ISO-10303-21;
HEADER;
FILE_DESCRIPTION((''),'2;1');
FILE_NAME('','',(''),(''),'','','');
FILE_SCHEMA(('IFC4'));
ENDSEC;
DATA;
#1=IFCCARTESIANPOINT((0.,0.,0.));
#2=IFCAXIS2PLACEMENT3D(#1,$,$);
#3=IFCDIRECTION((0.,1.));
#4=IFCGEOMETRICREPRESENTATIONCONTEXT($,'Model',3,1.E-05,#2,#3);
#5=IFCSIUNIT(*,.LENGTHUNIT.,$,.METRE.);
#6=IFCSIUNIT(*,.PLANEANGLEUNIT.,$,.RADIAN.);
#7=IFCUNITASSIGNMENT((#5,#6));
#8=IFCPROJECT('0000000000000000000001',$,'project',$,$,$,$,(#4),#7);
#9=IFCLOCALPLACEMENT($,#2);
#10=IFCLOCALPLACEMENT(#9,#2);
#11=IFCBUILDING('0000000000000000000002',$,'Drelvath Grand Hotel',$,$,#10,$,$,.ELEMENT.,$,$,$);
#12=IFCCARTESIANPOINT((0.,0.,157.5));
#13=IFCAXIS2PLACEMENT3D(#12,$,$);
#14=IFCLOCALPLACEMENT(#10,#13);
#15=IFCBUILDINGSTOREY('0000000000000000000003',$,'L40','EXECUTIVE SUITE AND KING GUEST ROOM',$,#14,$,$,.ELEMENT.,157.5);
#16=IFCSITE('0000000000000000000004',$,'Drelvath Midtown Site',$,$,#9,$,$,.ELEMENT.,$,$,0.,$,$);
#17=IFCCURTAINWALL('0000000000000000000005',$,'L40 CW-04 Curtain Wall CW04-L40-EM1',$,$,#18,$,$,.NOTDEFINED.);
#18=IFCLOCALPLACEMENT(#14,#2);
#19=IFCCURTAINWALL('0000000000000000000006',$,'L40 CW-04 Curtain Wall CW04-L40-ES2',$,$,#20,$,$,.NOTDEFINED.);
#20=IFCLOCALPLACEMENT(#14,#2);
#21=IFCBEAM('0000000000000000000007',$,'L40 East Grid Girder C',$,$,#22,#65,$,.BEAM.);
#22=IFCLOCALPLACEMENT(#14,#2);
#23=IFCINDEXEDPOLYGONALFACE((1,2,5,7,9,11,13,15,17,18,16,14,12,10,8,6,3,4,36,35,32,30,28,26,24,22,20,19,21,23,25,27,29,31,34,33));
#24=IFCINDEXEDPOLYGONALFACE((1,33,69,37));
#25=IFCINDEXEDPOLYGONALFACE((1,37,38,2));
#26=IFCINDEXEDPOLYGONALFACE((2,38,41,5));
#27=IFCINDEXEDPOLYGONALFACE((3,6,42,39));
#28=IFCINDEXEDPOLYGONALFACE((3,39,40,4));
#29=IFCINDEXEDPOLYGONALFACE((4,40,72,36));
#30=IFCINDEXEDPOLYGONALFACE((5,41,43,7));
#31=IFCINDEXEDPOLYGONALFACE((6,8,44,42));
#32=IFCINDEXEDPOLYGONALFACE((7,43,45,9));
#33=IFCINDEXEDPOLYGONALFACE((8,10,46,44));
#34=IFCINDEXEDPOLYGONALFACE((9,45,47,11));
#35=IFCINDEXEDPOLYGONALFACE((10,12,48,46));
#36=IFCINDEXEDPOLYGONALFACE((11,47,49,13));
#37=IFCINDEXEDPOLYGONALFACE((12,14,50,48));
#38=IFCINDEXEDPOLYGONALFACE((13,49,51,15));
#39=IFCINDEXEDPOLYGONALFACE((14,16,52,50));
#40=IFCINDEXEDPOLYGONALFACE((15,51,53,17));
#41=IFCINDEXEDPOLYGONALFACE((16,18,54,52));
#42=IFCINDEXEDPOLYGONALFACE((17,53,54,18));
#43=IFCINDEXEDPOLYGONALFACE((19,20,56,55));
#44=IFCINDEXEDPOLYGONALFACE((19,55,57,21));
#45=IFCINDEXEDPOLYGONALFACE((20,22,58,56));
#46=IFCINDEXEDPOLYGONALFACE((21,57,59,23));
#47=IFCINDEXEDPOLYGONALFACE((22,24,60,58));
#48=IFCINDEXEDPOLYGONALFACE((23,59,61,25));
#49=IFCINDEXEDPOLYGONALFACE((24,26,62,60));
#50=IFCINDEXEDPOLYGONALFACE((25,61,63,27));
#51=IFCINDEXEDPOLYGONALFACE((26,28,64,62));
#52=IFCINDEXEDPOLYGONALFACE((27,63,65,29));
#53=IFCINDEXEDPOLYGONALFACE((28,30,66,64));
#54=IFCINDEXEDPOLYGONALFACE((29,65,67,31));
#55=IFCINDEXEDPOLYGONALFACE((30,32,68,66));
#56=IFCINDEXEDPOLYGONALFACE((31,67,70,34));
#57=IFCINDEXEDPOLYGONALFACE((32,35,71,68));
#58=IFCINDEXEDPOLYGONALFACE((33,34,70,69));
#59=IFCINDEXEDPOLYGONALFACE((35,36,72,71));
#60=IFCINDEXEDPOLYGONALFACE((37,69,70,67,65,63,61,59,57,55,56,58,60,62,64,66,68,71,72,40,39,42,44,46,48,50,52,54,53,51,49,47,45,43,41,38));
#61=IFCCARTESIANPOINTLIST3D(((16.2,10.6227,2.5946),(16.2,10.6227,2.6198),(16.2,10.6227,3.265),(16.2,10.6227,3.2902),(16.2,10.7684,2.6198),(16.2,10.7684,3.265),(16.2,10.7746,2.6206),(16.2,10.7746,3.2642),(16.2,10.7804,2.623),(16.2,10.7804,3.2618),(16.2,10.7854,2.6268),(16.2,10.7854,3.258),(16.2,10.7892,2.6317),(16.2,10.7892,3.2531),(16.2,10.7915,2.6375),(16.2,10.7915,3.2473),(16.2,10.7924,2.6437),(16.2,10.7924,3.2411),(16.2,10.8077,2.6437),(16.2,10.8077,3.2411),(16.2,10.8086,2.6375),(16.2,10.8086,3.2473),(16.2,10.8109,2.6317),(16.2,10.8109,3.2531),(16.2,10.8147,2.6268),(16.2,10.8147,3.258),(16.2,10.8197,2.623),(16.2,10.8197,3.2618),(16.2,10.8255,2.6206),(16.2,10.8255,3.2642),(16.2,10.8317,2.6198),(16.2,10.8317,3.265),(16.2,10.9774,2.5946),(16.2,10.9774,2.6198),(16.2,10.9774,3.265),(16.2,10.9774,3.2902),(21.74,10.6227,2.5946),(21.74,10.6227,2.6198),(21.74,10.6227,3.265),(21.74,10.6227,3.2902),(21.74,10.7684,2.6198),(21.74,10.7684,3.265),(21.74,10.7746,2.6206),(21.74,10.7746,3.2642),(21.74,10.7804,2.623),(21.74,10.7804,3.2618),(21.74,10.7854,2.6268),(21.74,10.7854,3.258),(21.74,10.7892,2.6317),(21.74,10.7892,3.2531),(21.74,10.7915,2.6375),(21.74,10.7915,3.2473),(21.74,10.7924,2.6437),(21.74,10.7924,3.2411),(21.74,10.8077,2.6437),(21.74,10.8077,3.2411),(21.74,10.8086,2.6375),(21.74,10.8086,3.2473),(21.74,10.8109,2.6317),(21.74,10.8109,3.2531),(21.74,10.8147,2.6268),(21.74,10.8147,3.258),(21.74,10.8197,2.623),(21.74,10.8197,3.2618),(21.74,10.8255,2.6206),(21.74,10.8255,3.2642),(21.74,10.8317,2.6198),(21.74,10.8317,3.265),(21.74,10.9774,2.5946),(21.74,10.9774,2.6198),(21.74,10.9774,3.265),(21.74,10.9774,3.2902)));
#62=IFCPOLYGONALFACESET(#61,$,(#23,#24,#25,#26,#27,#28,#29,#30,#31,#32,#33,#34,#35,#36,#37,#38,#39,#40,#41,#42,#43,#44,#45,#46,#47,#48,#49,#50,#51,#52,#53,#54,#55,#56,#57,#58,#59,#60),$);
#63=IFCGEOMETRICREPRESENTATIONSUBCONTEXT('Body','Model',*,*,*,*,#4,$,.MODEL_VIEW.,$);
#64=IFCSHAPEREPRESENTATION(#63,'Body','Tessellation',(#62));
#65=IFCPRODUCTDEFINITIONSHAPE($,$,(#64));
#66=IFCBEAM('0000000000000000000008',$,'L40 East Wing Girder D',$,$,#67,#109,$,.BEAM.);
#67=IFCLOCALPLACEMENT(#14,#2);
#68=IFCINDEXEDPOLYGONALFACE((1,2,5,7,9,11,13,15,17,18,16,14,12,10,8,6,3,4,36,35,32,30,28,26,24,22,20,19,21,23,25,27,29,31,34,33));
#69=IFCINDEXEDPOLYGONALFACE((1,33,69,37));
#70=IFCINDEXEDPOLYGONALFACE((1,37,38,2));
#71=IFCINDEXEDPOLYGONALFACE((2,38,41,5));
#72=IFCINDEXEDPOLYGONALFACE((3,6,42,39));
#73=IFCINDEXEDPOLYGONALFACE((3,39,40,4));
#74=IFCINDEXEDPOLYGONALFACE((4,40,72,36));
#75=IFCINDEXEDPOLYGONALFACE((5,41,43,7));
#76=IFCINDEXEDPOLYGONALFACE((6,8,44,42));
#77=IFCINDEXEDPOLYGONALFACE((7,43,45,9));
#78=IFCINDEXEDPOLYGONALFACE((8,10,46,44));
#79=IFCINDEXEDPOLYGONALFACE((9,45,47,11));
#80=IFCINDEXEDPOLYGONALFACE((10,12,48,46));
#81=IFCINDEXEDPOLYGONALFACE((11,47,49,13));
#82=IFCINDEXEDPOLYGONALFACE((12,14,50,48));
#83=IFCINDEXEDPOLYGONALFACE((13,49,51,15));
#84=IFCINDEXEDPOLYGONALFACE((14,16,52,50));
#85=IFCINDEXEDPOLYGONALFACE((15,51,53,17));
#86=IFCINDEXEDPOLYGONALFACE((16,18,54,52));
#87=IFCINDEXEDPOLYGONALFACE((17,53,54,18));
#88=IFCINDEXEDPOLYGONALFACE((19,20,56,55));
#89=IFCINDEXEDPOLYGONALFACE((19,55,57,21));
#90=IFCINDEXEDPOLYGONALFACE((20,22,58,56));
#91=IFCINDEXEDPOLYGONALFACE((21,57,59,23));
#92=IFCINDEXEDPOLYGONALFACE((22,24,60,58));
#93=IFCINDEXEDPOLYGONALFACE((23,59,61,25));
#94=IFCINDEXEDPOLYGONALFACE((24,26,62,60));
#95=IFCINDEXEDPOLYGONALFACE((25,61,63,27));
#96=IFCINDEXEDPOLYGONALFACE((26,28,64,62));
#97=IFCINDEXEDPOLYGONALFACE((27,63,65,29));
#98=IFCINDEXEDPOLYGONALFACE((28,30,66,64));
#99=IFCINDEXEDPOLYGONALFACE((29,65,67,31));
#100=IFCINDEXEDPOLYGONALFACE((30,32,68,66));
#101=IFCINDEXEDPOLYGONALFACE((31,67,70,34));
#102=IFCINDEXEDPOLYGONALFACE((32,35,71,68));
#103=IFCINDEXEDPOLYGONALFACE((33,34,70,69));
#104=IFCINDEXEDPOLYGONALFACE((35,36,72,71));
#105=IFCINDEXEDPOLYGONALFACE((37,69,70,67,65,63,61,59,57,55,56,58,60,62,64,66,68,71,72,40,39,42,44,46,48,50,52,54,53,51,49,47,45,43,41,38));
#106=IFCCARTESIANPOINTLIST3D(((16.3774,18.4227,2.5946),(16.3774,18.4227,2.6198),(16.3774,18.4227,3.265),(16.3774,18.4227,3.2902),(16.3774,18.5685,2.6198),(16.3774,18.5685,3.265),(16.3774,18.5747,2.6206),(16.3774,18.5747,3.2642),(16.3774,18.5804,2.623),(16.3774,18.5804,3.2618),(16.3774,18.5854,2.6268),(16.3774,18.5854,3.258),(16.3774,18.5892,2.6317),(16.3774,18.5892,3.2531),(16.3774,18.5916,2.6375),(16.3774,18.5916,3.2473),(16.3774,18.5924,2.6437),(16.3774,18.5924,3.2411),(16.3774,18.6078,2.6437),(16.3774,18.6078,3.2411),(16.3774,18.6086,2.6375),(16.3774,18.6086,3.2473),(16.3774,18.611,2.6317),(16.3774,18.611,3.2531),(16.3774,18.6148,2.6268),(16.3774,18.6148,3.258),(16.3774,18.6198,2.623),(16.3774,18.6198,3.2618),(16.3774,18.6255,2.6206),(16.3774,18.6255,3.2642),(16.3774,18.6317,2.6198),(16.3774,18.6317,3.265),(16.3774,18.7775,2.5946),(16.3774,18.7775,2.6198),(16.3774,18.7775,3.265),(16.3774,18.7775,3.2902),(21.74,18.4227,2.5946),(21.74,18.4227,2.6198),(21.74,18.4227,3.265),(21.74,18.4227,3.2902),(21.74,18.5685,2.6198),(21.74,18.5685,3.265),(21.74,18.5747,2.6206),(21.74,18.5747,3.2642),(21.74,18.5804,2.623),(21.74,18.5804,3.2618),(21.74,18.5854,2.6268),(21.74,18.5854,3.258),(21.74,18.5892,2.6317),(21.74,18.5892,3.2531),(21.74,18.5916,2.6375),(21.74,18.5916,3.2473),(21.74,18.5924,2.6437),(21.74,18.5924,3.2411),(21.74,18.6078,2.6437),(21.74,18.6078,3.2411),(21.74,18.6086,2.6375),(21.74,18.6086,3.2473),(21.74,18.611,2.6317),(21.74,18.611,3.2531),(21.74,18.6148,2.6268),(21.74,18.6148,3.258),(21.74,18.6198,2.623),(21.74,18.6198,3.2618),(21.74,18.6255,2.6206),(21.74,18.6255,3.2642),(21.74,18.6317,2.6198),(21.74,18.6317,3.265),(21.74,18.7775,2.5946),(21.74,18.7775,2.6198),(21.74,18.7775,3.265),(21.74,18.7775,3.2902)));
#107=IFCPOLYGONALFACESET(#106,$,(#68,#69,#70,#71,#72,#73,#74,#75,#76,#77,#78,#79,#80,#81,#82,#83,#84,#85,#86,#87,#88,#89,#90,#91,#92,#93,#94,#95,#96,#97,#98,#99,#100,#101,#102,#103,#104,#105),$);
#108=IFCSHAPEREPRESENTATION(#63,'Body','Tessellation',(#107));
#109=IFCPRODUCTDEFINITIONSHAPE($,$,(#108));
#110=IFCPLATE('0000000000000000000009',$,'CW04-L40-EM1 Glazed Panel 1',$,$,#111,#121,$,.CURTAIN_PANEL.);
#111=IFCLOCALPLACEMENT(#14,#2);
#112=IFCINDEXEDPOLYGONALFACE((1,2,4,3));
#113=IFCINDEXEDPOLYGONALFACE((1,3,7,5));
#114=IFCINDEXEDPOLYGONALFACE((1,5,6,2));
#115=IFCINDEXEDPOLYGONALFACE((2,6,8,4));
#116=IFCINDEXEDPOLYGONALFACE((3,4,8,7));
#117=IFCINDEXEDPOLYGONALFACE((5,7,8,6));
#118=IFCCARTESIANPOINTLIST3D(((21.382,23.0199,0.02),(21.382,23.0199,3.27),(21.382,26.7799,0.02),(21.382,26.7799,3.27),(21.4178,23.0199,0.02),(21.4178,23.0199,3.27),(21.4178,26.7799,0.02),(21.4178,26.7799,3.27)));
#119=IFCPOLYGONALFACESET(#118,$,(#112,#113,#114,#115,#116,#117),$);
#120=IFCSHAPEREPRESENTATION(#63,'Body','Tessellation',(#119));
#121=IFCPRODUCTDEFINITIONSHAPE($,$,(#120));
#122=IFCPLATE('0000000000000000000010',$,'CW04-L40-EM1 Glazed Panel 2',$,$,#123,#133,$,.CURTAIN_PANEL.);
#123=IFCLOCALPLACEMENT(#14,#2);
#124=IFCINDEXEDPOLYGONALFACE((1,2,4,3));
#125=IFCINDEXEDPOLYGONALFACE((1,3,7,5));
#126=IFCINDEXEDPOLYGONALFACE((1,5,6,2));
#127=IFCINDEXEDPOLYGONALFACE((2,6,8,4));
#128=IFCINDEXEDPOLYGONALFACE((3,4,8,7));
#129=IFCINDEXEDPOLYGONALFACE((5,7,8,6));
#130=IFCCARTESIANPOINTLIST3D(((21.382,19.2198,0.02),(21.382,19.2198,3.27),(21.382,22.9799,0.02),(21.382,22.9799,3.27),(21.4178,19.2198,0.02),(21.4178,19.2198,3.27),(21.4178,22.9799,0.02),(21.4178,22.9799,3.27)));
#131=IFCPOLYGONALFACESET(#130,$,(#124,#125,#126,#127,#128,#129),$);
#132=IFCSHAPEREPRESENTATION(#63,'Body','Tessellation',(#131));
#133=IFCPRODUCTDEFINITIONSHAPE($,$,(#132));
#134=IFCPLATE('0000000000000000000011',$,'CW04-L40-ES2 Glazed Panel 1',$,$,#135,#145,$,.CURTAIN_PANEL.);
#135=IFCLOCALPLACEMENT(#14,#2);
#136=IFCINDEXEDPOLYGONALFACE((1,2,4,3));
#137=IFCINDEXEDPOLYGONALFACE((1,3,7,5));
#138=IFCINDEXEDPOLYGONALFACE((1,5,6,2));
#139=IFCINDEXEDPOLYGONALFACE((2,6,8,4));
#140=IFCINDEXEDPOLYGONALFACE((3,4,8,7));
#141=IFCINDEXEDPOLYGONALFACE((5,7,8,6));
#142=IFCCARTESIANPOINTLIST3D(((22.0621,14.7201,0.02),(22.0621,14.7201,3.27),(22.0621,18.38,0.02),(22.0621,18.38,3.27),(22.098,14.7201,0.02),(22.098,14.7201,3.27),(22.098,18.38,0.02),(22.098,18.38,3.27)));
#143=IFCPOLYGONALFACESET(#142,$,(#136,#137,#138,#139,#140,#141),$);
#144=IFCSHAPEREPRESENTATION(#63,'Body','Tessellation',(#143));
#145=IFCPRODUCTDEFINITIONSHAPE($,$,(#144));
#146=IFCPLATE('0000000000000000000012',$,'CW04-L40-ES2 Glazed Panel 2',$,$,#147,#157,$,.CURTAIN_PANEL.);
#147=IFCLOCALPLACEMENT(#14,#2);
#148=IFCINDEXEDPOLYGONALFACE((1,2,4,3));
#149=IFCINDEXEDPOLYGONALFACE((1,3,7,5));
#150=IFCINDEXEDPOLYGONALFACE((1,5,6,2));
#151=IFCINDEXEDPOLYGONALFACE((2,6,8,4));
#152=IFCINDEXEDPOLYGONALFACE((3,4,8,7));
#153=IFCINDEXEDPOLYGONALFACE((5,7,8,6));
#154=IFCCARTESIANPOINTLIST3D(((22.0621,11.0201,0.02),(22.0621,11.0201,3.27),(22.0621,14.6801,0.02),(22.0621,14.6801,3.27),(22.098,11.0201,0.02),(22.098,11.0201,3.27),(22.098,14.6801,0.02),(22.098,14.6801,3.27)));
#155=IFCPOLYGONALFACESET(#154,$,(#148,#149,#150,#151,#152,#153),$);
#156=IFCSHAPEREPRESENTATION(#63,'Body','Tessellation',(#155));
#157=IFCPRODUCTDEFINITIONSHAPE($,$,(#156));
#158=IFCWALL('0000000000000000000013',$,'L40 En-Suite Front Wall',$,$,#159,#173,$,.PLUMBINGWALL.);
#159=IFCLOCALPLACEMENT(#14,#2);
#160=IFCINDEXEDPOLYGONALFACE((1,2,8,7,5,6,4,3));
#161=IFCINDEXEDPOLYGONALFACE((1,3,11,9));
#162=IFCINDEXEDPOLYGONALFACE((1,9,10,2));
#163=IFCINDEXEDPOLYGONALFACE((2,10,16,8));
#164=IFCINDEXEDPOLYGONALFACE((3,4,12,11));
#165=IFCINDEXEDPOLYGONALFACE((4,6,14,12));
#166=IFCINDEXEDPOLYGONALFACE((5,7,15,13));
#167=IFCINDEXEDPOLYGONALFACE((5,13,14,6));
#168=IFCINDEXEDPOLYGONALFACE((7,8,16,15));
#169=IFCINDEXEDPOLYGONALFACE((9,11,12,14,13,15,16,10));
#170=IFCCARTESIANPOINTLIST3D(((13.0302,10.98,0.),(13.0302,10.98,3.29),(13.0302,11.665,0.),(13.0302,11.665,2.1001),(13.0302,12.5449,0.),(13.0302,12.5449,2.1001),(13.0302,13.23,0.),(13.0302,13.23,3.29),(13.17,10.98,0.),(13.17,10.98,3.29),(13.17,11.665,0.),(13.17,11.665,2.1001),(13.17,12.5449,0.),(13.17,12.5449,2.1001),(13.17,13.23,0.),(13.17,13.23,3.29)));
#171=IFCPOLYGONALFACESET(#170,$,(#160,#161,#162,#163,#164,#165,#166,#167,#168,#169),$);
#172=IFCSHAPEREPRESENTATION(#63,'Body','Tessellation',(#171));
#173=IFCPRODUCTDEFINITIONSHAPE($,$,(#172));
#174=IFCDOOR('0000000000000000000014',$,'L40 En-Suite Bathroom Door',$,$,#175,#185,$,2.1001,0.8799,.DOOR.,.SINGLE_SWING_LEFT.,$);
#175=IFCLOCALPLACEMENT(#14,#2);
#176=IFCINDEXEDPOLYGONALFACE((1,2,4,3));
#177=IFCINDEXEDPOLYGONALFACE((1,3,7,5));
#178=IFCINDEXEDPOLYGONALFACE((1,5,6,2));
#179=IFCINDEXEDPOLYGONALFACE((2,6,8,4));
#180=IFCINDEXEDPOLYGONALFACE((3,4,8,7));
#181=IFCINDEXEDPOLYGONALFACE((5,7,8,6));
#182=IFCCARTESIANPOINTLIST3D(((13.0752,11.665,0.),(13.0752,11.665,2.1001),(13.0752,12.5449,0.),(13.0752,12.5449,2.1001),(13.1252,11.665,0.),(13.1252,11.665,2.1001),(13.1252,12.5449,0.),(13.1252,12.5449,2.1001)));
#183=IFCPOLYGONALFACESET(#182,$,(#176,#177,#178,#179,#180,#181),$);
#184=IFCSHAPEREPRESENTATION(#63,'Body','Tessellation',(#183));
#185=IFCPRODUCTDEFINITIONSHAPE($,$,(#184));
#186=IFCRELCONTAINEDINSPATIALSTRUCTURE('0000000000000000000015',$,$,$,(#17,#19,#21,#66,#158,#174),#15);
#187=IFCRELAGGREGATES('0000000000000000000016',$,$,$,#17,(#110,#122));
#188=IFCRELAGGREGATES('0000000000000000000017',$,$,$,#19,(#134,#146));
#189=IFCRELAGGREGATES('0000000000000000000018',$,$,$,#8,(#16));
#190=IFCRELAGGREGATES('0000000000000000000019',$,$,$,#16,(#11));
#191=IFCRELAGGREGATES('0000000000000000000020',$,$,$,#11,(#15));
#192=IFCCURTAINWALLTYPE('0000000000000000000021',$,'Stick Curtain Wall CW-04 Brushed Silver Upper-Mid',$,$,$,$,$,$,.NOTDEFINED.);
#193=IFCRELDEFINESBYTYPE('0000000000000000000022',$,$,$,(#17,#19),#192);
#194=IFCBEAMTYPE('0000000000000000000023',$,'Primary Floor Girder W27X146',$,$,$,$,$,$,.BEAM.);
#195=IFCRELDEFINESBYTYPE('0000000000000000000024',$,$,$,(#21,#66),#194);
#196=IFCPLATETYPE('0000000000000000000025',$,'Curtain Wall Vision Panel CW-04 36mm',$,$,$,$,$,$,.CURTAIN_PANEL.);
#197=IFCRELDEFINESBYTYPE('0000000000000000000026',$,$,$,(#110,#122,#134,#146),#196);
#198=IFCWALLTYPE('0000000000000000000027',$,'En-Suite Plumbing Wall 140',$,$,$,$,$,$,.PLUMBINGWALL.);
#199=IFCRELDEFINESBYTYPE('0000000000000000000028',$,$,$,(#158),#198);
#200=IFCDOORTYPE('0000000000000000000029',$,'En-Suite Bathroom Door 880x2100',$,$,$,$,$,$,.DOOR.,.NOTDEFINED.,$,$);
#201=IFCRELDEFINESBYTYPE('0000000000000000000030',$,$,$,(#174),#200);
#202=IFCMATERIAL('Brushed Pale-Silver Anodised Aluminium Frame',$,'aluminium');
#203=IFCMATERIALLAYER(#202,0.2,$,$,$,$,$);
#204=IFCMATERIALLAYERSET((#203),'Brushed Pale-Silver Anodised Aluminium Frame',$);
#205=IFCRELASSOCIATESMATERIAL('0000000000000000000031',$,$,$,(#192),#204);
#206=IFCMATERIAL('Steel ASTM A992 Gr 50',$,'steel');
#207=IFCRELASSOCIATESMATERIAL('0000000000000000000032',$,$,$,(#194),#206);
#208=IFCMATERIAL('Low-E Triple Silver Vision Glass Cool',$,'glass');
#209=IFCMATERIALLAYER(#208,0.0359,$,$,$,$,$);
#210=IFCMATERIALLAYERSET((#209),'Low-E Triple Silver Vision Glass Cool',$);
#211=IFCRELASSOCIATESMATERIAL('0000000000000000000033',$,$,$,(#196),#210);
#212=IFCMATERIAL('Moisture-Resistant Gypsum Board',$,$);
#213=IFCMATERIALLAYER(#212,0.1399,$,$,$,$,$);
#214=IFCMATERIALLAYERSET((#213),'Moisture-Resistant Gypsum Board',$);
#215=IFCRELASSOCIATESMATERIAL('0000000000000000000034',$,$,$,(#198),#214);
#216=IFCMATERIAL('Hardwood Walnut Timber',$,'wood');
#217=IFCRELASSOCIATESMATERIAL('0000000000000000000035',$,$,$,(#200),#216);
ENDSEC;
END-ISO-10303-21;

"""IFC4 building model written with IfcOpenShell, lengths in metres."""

from ifc_helpers import new_model, si_unit, direction, frame, frame_2d, origin, origin_2d, place, context, subcontext, project, spatial, rectangle, i_section, extrude, material, layer, layer_set, material_profile, profile_set, type_object, element, fill, aggregate, save


model = new_model("IFC4")

# Units and contexts
model_context = context("Model", 3, precision=1e-05, world=origin(), true_north=direction((0.0, 1.0)))
body_context = subcontext(model_context, "Body", "Model", "MODEL_VIEW")
ifc_project = project(units=[si_unit("LENGTHUNIT", "METRE"), si_unit("PLANEANGLEUNIT", "RADIAN")], contexts=[model_context])

# Site, building, storey
site_placement = place(None, origin())
site = spatial("IfcSite", under=ifc_project, at=site_placement, Name="Drelvath Midtown Site", CompositionType="ELEMENT", RefElevation=0.0)
building_placement = place(site_placement, origin())
building = spatial("IfcBuilding", under=site, at=building_placement, Name="Drelvath Grand Hotel", CompositionType="ELEMENT")
storey_placement = place(building_placement, frame((0.0, 0.0, 157.5)))
storey = spatial("IfcBuildingStorey", under=building, at=storey_placement, Name="L40", Description="EXECUTIVE SUITE AND KING GUEST ROOM", CompositionType="ELEMENT", Elevation=157.5)

# Curtain walls
ifc_material_1 = material(Name="Brushed Pale-Silver Anodised Aluminium Frame", Category="aluminium")
ifc_layer_1 = layer(ifc_material_1, 0.2)
ifc_layer_set_1 = layer_set([ifc_layer_1], Name="Brushed Pale-Silver Anodised Aluminium Frame")
curtain_wall_type = type_object("IfcCurtainWallType", Name="Stick Curtain Wall CW-04 Brushed Silver Upper-Mid", PredefinedType="NOTDEFINED", material=ifc_layer_set_1)
curtain_wall_1_placement = place(storey_placement, origin())
curtain_wall_1 = element("IfcCurtainWall", 1, at=curtain_wall_1_placement, inside=storey, type_object=curtain_wall_type, Name="L40 CW-04 Curtain Wall CW04-L40-EM1", PredefinedType="NOTDEFINED")
curtain_wall_2_placement = place(storey_placement, origin())
curtain_wall_2 = element("IfcCurtainWall", 2, at=curtain_wall_2_placement, inside=storey, type_object=curtain_wall_type, Name="L40 CW-04 Curtain Wall CW04-L40-ES2", PredefinedType="NOTDEFINED")

# Beams
ifc_material_2 = material(Name="Steel ASTM A992 Gr 50", Category="steel")
ifc_material_profile_1 = material_profile(ifc_material_2, i_section(OverallWidth=0.3547, OverallDepth=0.6956, WebThickness=0.0154, FlangeThickness=0.0251, FilletRadius=0.0239, at=origin_2d()), Name="W27X146")
ifc_profile_set_1 = profile_set([ifc_material_profile_1], Name="Steel ASTM A992 Gr 50")
beam_type_1 = type_object("IfcBeamType", Name="Primary Floor Girder W27X146", PredefinedType="BEAM", material=ifc_profile_set_1)
beam_1_placement = place(storey_placement, frame((16.2, 10.8, 2.9424), z_axis=(1.0, 0.0, 0.0), x_axis=(0.0, 1.0, 0.0)))
element("IfcBeam", 3, at=beam_1_placement, inside=storey, type_object=beam_type_1, Name="L40 East Grid Girder C", PredefinedType="BEAM", context=body_context, shape_type="SweptSolid", body=[
    extrude(i_section(OverallWidth=0.3547, OverallDepth=0.6956, WebThickness=0.0154, FlangeThickness=0.0251, FilletRadius=0.0239, at=origin_2d()), origin(), (0.0, 0.0, 1.0), 5.54),
])
beam_2_placement = place(storey_placement, frame((16.3774, 18.6001, 2.9424), z_axis=(1.0, 0.0, 0.0), x_axis=(0.0, 1.0, 0.0)))
element("IfcBeam", 4, at=beam_2_placement, inside=storey, type_object=beam_type_1, Name="L40 East Wing Girder D", PredefinedType="BEAM", context=body_context, shape_type="SweptSolid", body=[
    extrude(i_section(OverallWidth=0.3547, OverallDepth=0.6956, WebThickness=0.0154, FlangeThickness=0.0251, FilletRadius=0.0239, at=origin_2d()), origin(), (0.0, 0.0, 1.0), 5.3625),
])

# Plates
ifc_material_3 = material(Name="Low-E Triple Silver Vision Glass Cool", Category="glass")
ifc_layer_2 = layer(ifc_material_3, 0.0359)
ifc_layer_set_2 = layer_set([ifc_layer_2], Name="Low-E Triple Silver Vision Glass Cool")
plate_type = type_object("IfcPlateType", Name="Curtain Wall Vision Panel CW-04 36mm", PredefinedType="CURTAIN_PANEL", material=ifc_layer_set_2)
plate_1_placement = place(storey_placement, frame((21.3999, 24.8999, 0.02), z_axis=(0.0, 0.0, 1.0), x_axis=(0.0, -1.0, 0.0)))
plate_1 = element("IfcPlate", 5, at=plate_1_placement, type_object=plate_type, Name="CW04-L40-EM1 Glazed Panel 1", PredefinedType="CURTAIN_PANEL", context=body_context, shape_type="SweptSolid", body=[
    extrude(rectangle(XDim=3.76, YDim=0.0359, at=origin_2d()), origin(), (0.0, 0.0, 1.0), 3.25),
])
plate_2_placement = place(storey_placement, frame((21.3999, 21.0999, 0.02), z_axis=(0.0, 0.0, 1.0), x_axis=(0.0, -1.0, 0.0)))
plate_2 = element("IfcPlate", 6, at=plate_2_placement, type_object=plate_type, Name="CW04-L40-EM1 Glazed Panel 2", PredefinedType="CURTAIN_PANEL", context=body_context, shape_type="SweptSolid", body=[
    extrude(rectangle(XDim=3.76, YDim=0.0359, at=origin_2d()), origin(), (0.0, 0.0, 1.0), 3.25),
])
aggregate(curtain_wall_1, [plate_1, plate_2])
plate_3_placement = place(storey_placement, frame((22.0801, 16.55, 0.02), z_axis=(0.0, 0.0, 1.0), x_axis=(0.0, -1.0, 0.0)))
plate_3 = element("IfcPlate", 7, at=plate_3_placement, type_object=plate_type, Name="CW04-L40-ES2 Glazed Panel 1", PredefinedType="CURTAIN_PANEL", context=body_context, shape_type="SweptSolid", body=[
    extrude(rectangle(XDim=3.6599, YDim=0.0359, at=origin_2d()), origin(), (0.0, 0.0, 1.0), 3.25),
])
plate_4_placement = place(storey_placement, frame((22.0801, 12.8501, 0.02), z_axis=(0.0, 0.0, 1.0), x_axis=(0.0, -1.0, 0.0)))
plate_4 = element("IfcPlate", 8, at=plate_4_placement, type_object=plate_type, Name="CW04-L40-ES2 Glazed Panel 2", PredefinedType="CURTAIN_PANEL", context=body_context, shape_type="SweptSolid", body=[
    extrude(rectangle(XDim=3.6599, YDim=0.0359, at=origin_2d()), origin(), (0.0, 0.0, 1.0), 3.25),
])
aggregate(curtain_wall_2, [plate_3, plate_4])

# Wall, opening, door
ifc_material_4 = material(Name="Moisture-Resistant Gypsum Board")
ifc_layer_3 = layer(ifc_material_4, 0.1399)
ifc_layer_set_3 = layer_set([ifc_layer_3], Name="Moisture-Resistant Gypsum Board")
wall_type_1 = type_object("IfcWallType", Name="En-Suite Plumbing Wall 140", PredefinedType="PLUMBINGWALL", material=ifc_layer_set_3)
wall_1_placement = place(storey_placement, frame((13.1001, 10.98, 0.0), z_axis=(0.0, 0.0, 1.0), x_axis=(0.0, 1.0, 0.0)))
wall_1 = element("IfcWall", 9, at=wall_1_placement, inside=storey, type_object=wall_type_1, Name="L40 En-Suite Front Wall", PredefinedType="PLUMBINGWALL", context=body_context, shape_type="SweptSolid", body=[
    extrude(rectangle(XDim=2.25, YDim=0.1399, at=frame_2d((1.125, 0.0))), origin(), (0.0, 0.0, 1.0), 3.29),
])
opening_1_placement = place(wall_1_placement, frame((0.6851, 0.0, 0.0)))
opening_1 = element("IfcOpeningElement", 10, at=opening_1_placement, cuts=wall_1, PredefinedType="OPENING", context=body_context, shape_type="SweptSolid", body=[
    extrude(rectangle(XDim=0.8799, YDim=2.1001, at=frame_2d((0.4399, 1.05))), frame((0.0, 0.0798, 0.0), z_axis=(0.0, -1.0, 0.0), x_axis=(1.0, 0.0, 0.0)), (0.0, 0.0, 1.0), 0.1599),
])
ifc_material_5 = material(Name="Hardwood Walnut Timber", Category="wood")
door_type = type_object("IfcDoorType", Name="En-Suite Bathroom Door 880x2100", OperationType="NOTDEFINED", PredefinedType="DOOR", material=ifc_material_5)
door_1_placement = place(opening_1_placement, origin())
door_1 = element("IfcDoor", 11, at=door_1_placement, inside=storey, type_object=door_type, Name="L40 En-Suite Bathroom Door", OperationType="SINGLE_SWING_LEFT", OverallHeight=2.1001, OverallWidth=0.8799, PredefinedType="DOOR", context=body_context, shape_type="SweptSolid", body=[
    extrude(rectangle(XDim=0.8799, YDim=2.1001, at=frame_2d((0.4399, 1.05))), frame((0.0, 0.0249, 0.0), z_axis=(0.0, -1.0, 0.0), x_axis=(1.0, 0.0, 0.0)), (0.0, 0.0, 1.0), 0.05),
])
fill(opening_1, door_1)

save(model, "model.ifc")
